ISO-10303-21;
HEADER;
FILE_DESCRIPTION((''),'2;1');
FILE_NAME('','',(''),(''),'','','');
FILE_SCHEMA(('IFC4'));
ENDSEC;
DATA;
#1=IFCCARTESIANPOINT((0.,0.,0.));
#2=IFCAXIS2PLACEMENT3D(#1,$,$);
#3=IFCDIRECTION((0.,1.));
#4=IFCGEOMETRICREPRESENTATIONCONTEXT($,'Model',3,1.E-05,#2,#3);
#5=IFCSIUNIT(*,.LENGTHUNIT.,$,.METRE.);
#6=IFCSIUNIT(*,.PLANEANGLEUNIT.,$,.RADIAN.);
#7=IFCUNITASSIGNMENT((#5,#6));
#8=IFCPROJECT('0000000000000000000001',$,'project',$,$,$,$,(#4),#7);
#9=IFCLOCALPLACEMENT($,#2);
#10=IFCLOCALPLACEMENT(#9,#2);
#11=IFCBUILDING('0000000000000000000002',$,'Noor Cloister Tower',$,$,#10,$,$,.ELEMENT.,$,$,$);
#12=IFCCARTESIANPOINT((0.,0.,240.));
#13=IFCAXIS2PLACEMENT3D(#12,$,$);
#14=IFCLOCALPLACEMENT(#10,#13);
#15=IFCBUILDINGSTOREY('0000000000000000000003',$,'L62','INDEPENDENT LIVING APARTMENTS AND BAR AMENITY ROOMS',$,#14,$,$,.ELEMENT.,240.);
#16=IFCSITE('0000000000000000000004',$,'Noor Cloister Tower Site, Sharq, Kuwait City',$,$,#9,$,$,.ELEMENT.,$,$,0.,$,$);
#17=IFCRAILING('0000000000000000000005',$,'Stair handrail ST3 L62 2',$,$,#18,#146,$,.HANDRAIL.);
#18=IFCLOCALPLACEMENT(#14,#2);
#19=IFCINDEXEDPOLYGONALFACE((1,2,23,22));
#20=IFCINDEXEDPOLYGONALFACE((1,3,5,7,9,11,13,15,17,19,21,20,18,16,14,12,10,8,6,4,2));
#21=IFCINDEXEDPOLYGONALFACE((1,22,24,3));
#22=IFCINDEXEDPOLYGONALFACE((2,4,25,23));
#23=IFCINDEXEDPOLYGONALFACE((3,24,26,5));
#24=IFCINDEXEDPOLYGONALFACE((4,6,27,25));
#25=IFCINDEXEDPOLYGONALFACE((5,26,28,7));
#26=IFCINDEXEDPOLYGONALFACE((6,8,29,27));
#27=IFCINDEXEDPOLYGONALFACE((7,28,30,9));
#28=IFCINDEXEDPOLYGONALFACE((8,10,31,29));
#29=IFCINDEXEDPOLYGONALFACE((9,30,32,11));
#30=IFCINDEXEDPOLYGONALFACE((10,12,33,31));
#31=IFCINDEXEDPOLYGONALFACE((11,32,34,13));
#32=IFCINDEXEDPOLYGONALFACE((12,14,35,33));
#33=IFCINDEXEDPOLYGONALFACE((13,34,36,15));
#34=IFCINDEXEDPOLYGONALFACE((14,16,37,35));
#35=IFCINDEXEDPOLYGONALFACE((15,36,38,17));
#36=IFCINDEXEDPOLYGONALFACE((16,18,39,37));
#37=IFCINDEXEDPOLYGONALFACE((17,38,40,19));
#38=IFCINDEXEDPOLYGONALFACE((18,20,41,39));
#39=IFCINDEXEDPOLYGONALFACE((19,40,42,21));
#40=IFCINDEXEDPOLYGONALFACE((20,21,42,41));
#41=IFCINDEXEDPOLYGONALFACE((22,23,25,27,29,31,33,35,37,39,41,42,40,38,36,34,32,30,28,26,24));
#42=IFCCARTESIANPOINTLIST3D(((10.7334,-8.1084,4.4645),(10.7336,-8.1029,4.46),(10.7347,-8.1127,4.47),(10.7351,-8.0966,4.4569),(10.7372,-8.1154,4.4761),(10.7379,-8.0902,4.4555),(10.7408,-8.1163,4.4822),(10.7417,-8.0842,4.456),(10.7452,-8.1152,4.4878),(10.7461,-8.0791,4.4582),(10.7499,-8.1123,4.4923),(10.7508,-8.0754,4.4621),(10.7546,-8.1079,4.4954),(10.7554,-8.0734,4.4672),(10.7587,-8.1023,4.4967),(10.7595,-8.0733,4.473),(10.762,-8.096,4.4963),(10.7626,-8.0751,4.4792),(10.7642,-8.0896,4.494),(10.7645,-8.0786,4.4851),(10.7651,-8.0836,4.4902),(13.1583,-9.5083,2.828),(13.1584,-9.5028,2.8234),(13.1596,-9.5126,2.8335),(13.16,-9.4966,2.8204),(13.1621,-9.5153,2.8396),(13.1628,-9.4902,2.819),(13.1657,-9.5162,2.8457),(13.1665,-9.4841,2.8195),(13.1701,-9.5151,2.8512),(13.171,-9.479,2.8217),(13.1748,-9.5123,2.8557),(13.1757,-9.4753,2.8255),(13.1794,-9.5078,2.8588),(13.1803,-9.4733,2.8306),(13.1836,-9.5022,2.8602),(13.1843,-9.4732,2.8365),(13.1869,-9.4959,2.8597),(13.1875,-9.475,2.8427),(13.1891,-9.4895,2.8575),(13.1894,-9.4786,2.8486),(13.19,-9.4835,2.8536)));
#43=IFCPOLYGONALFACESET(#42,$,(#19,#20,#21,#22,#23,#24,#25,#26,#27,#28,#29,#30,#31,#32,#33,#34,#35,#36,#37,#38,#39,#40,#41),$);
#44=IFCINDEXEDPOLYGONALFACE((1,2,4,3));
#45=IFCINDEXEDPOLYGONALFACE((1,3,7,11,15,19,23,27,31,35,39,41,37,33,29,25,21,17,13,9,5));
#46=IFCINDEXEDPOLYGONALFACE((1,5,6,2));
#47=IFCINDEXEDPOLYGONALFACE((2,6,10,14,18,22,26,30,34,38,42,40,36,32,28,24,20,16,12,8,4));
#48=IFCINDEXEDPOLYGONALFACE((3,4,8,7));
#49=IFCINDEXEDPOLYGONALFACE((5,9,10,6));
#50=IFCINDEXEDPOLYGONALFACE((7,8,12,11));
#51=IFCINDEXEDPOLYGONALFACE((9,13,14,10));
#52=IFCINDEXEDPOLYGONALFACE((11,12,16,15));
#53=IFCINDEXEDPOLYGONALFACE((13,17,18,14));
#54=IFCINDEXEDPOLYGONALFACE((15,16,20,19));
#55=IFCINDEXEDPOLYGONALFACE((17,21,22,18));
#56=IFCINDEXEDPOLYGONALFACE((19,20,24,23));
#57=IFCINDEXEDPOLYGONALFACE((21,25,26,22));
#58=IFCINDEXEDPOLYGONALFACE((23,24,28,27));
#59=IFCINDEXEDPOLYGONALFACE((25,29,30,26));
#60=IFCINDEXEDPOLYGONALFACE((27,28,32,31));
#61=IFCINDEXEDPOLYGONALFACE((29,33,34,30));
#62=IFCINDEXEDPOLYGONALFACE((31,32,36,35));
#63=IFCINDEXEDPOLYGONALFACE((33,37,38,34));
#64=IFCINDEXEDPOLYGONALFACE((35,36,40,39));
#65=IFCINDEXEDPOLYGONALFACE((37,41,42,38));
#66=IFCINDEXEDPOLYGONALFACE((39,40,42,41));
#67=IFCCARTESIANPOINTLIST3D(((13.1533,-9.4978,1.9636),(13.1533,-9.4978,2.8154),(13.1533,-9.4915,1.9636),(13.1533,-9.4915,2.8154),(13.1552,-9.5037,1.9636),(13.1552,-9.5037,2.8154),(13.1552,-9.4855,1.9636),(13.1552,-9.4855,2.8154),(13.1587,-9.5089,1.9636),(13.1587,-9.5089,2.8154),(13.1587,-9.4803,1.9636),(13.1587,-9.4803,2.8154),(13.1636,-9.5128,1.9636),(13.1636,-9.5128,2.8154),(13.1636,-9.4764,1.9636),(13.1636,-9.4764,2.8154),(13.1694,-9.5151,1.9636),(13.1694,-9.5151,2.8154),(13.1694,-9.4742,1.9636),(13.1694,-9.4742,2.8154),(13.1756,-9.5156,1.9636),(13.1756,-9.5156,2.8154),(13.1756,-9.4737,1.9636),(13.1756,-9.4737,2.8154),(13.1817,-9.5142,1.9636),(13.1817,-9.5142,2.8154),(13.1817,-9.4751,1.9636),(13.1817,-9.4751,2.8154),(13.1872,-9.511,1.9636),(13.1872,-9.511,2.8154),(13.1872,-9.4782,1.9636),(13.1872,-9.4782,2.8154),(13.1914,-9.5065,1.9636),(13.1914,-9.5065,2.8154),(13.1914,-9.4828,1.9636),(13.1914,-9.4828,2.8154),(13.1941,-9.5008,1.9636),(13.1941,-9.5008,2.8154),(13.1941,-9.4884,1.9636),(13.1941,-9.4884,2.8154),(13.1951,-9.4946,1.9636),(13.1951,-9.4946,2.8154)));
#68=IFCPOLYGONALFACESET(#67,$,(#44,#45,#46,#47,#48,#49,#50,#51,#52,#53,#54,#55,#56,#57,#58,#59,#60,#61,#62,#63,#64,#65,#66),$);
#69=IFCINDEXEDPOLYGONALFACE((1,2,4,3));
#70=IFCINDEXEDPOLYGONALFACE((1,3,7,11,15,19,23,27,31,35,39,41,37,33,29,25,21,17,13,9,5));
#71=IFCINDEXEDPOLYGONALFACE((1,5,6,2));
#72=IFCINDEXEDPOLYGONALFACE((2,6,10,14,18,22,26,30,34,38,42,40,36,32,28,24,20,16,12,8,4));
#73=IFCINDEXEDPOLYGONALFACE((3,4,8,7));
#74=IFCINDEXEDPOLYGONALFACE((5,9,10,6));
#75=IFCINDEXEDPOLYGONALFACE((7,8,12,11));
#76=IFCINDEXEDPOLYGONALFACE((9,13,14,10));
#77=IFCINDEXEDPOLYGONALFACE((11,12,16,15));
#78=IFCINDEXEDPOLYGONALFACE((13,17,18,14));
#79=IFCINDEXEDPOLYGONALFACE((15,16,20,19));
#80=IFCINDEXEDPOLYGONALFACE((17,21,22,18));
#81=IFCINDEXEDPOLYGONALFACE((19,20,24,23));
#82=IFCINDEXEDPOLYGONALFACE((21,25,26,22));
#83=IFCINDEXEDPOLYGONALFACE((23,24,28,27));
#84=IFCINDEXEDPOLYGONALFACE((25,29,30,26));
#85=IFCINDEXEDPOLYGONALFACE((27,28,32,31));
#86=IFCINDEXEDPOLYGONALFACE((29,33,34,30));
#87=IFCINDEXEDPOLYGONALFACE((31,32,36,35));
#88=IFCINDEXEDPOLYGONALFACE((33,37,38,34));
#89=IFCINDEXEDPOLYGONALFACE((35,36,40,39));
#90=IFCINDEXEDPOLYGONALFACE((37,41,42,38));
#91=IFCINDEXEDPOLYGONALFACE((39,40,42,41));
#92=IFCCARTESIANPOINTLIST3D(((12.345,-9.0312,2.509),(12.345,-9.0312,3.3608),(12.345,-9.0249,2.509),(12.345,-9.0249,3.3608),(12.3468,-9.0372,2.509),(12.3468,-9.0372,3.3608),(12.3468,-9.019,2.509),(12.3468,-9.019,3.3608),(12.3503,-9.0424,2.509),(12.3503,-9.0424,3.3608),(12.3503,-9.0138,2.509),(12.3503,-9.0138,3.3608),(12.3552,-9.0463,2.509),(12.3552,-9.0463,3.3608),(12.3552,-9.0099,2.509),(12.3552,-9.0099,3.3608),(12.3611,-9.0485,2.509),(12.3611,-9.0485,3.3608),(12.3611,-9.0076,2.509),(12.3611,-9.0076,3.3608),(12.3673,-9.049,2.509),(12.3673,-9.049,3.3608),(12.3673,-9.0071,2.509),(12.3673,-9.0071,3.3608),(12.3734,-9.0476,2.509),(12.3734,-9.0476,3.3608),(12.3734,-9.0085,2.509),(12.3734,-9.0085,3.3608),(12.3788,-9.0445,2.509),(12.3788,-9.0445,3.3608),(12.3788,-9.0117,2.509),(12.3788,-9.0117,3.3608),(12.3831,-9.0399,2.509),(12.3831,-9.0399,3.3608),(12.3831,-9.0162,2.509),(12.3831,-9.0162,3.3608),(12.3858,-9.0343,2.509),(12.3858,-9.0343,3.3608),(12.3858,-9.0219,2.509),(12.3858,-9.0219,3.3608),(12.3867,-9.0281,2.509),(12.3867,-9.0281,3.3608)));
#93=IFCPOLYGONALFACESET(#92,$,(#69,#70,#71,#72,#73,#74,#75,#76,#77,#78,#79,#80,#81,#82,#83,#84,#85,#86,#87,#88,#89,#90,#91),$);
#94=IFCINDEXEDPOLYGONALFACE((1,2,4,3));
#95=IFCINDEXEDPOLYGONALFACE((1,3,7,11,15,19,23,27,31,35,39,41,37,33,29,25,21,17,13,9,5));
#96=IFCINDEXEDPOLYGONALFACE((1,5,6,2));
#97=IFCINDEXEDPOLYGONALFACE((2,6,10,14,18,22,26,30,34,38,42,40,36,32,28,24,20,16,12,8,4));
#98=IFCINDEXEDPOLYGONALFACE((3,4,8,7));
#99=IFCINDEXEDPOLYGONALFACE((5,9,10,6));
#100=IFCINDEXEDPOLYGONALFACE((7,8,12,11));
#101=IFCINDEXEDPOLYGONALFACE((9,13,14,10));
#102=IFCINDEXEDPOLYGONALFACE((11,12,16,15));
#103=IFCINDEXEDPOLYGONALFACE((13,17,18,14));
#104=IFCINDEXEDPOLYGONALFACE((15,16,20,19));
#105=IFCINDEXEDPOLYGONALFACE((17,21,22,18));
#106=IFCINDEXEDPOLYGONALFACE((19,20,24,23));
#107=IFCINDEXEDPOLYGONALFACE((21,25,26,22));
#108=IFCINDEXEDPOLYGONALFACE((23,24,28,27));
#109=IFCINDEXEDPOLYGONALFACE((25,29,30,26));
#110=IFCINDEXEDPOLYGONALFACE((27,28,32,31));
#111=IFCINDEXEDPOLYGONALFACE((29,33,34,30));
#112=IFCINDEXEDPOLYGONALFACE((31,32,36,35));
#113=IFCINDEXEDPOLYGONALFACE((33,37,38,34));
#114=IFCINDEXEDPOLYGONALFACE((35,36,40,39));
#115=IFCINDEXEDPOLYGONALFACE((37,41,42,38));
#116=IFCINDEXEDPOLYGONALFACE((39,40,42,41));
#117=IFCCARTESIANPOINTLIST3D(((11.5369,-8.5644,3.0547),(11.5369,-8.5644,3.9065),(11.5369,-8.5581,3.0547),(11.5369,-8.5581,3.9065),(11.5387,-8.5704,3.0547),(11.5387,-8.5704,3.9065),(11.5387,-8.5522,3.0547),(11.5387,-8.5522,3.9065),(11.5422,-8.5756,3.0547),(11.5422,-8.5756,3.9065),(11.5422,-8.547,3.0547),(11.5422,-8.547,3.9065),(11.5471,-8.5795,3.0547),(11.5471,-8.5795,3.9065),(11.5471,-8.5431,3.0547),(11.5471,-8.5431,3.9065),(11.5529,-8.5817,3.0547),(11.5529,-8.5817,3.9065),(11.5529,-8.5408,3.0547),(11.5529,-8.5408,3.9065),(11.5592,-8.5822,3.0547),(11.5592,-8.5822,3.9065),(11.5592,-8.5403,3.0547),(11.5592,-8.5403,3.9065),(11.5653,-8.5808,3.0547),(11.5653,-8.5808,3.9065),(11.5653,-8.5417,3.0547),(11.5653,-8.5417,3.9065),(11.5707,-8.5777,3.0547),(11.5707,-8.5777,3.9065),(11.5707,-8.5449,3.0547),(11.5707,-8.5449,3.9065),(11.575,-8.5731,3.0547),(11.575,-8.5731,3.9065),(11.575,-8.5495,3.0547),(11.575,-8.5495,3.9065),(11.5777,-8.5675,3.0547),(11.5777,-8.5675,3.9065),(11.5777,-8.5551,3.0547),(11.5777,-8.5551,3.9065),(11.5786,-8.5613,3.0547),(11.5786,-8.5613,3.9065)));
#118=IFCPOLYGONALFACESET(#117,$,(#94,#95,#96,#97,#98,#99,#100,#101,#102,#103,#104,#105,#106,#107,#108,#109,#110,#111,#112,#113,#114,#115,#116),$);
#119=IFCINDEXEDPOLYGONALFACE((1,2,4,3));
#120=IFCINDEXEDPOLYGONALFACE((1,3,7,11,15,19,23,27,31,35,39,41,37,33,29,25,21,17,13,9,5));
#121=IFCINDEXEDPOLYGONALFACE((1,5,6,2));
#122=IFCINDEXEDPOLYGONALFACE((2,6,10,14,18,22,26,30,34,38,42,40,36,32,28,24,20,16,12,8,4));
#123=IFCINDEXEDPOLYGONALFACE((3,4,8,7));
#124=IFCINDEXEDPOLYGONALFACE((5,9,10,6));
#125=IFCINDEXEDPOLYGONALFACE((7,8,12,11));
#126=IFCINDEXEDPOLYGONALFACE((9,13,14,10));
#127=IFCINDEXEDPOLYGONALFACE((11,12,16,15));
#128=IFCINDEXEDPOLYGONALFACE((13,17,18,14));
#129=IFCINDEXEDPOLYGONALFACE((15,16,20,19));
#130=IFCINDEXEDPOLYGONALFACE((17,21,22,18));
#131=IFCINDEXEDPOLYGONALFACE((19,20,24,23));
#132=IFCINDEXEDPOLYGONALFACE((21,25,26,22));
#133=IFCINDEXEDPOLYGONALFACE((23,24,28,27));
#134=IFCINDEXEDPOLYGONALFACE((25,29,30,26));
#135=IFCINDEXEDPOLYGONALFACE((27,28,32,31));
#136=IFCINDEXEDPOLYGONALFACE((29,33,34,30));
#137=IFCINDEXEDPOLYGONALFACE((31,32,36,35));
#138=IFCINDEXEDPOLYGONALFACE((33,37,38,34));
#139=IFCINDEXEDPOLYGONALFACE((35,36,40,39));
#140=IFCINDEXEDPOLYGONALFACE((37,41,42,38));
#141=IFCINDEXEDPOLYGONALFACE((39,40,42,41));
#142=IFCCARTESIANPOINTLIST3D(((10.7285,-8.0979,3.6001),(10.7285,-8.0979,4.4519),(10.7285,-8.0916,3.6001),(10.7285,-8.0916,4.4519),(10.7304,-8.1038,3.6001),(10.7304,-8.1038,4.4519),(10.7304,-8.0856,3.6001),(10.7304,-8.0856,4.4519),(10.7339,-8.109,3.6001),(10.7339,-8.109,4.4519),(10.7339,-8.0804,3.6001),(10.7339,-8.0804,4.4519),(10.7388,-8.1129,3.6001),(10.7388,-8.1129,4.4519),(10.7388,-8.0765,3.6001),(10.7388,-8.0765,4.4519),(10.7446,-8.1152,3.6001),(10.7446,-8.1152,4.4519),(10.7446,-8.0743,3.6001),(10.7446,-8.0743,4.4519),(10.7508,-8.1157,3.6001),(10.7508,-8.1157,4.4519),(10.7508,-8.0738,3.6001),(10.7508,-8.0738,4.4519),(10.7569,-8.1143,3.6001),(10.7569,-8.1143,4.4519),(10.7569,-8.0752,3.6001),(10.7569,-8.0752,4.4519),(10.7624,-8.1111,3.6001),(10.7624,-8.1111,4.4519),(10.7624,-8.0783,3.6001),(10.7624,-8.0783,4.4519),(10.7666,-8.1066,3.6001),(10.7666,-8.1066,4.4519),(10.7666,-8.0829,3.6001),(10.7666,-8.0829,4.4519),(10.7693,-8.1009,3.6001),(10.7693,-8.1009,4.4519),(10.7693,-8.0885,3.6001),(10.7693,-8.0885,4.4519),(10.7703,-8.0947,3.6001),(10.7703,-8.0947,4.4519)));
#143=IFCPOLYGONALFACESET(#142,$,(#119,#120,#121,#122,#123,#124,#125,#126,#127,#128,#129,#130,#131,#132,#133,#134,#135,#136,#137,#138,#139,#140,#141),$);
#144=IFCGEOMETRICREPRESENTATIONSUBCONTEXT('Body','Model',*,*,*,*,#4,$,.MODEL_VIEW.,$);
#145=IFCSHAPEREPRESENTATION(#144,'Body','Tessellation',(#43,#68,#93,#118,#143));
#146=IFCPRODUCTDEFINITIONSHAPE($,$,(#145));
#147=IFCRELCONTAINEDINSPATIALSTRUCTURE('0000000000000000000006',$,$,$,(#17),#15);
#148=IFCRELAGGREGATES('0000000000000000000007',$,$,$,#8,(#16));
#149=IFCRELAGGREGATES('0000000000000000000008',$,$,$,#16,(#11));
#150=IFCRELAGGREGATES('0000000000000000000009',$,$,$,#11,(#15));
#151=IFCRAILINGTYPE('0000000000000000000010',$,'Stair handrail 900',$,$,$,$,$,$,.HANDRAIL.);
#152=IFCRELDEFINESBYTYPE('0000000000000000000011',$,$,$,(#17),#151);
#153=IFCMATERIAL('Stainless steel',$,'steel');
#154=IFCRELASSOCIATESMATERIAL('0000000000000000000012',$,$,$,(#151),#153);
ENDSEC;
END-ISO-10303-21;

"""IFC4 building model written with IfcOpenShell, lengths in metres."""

from ifc_helpers import new_model, si_unit, direction, frame, origin, origin_2d, place, context, subcontext, project, spatial, circle, extrude, material, type_object, element, save


model = new_model("IFC4")

# Units and contexts
model_context = context("Model", 3, precision=1e-05, world=origin(), true_north=direction((0.0, 1.0)))
body_context = subcontext(model_context, "Body", "Model", "MODEL_VIEW")
ifc_project = project(units=[si_unit("LENGTHUNIT", "METRE"), si_unit("PLANEANGLEUNIT", "RADIAN")], contexts=[model_context])

# Site, building, storey
site_placement = place(None, origin())
site = spatial("IfcSite", under=ifc_project, at=site_placement, Name="Noor Cloister Tower Site, Sharq, Kuwait City", CompositionType="ELEMENT", RefElevation=0.0)
building_placement = place(site_placement, origin())
building = spatial("IfcBuilding", under=site, at=building_placement, Name="Noor Cloister Tower", CompositionType="ELEMENT")
storey_placement = place(building_placement, frame((0.0, 0.0, 240.0)))
storey = spatial("IfcBuildingStorey", under=building, at=storey_placement, Name="L62", Description="INDEPENDENT LIVING APARTMENTS AND BAR AMENITY ROOMS", CompositionType="ELEMENT", Elevation=240.0)

# Railing
ifc_material_1 = material(Name="Stainless steel", Category="steel")
railing_type_1 = type_object("IfcRailingType", Name="Stair handrail 900", PredefinedType="HANDRAIL", material=ifc_material_1)
railing_1_placement = place(storey_placement, frame((13.1741, -9.4946, 1.9636)))
element("IfcRailing", 1, at=railing_1_placement, inside=storey, type_object=railing_type_1, Name="Stair handrail ST3 L62 2", PredefinedType="HANDRAIL", context=body_context, shape_type="SweptSolid", body=[
    extrude(circle(Radius=0.0239, at=origin_2d()), frame((0.0, 0.0, 0.876), z_axis=(-0.74769, 0.431661, 0.504608), x_axis=(-0.499984, -0.866035, 0.0)), (0.0, 0.0, 1.0), 3.2432),
    extrude(circle(Radius=0.021, at=origin_2d()), origin(), (0.0, 0.0, 1.0), 0.8518),
    extrude(circle(Radius=0.021, at=origin_2d()), frame((-0.8083, 0.4666, 0.5454)), (0.0, 0.0, 1.0), 0.8518),
    extrude(circle(Radius=0.021, at=origin_2d()), frame((-1.6165, 0.9333, 1.0911)), (0.0, 0.0, 1.0), 0.8518),
    extrude(circle(Radius=0.021, at=origin_2d()), frame((-2.4248, 1.3999, 1.6365)), (0.0, 0.0, 1.0), 0.8518),
])

save(model, "model.ifc")
